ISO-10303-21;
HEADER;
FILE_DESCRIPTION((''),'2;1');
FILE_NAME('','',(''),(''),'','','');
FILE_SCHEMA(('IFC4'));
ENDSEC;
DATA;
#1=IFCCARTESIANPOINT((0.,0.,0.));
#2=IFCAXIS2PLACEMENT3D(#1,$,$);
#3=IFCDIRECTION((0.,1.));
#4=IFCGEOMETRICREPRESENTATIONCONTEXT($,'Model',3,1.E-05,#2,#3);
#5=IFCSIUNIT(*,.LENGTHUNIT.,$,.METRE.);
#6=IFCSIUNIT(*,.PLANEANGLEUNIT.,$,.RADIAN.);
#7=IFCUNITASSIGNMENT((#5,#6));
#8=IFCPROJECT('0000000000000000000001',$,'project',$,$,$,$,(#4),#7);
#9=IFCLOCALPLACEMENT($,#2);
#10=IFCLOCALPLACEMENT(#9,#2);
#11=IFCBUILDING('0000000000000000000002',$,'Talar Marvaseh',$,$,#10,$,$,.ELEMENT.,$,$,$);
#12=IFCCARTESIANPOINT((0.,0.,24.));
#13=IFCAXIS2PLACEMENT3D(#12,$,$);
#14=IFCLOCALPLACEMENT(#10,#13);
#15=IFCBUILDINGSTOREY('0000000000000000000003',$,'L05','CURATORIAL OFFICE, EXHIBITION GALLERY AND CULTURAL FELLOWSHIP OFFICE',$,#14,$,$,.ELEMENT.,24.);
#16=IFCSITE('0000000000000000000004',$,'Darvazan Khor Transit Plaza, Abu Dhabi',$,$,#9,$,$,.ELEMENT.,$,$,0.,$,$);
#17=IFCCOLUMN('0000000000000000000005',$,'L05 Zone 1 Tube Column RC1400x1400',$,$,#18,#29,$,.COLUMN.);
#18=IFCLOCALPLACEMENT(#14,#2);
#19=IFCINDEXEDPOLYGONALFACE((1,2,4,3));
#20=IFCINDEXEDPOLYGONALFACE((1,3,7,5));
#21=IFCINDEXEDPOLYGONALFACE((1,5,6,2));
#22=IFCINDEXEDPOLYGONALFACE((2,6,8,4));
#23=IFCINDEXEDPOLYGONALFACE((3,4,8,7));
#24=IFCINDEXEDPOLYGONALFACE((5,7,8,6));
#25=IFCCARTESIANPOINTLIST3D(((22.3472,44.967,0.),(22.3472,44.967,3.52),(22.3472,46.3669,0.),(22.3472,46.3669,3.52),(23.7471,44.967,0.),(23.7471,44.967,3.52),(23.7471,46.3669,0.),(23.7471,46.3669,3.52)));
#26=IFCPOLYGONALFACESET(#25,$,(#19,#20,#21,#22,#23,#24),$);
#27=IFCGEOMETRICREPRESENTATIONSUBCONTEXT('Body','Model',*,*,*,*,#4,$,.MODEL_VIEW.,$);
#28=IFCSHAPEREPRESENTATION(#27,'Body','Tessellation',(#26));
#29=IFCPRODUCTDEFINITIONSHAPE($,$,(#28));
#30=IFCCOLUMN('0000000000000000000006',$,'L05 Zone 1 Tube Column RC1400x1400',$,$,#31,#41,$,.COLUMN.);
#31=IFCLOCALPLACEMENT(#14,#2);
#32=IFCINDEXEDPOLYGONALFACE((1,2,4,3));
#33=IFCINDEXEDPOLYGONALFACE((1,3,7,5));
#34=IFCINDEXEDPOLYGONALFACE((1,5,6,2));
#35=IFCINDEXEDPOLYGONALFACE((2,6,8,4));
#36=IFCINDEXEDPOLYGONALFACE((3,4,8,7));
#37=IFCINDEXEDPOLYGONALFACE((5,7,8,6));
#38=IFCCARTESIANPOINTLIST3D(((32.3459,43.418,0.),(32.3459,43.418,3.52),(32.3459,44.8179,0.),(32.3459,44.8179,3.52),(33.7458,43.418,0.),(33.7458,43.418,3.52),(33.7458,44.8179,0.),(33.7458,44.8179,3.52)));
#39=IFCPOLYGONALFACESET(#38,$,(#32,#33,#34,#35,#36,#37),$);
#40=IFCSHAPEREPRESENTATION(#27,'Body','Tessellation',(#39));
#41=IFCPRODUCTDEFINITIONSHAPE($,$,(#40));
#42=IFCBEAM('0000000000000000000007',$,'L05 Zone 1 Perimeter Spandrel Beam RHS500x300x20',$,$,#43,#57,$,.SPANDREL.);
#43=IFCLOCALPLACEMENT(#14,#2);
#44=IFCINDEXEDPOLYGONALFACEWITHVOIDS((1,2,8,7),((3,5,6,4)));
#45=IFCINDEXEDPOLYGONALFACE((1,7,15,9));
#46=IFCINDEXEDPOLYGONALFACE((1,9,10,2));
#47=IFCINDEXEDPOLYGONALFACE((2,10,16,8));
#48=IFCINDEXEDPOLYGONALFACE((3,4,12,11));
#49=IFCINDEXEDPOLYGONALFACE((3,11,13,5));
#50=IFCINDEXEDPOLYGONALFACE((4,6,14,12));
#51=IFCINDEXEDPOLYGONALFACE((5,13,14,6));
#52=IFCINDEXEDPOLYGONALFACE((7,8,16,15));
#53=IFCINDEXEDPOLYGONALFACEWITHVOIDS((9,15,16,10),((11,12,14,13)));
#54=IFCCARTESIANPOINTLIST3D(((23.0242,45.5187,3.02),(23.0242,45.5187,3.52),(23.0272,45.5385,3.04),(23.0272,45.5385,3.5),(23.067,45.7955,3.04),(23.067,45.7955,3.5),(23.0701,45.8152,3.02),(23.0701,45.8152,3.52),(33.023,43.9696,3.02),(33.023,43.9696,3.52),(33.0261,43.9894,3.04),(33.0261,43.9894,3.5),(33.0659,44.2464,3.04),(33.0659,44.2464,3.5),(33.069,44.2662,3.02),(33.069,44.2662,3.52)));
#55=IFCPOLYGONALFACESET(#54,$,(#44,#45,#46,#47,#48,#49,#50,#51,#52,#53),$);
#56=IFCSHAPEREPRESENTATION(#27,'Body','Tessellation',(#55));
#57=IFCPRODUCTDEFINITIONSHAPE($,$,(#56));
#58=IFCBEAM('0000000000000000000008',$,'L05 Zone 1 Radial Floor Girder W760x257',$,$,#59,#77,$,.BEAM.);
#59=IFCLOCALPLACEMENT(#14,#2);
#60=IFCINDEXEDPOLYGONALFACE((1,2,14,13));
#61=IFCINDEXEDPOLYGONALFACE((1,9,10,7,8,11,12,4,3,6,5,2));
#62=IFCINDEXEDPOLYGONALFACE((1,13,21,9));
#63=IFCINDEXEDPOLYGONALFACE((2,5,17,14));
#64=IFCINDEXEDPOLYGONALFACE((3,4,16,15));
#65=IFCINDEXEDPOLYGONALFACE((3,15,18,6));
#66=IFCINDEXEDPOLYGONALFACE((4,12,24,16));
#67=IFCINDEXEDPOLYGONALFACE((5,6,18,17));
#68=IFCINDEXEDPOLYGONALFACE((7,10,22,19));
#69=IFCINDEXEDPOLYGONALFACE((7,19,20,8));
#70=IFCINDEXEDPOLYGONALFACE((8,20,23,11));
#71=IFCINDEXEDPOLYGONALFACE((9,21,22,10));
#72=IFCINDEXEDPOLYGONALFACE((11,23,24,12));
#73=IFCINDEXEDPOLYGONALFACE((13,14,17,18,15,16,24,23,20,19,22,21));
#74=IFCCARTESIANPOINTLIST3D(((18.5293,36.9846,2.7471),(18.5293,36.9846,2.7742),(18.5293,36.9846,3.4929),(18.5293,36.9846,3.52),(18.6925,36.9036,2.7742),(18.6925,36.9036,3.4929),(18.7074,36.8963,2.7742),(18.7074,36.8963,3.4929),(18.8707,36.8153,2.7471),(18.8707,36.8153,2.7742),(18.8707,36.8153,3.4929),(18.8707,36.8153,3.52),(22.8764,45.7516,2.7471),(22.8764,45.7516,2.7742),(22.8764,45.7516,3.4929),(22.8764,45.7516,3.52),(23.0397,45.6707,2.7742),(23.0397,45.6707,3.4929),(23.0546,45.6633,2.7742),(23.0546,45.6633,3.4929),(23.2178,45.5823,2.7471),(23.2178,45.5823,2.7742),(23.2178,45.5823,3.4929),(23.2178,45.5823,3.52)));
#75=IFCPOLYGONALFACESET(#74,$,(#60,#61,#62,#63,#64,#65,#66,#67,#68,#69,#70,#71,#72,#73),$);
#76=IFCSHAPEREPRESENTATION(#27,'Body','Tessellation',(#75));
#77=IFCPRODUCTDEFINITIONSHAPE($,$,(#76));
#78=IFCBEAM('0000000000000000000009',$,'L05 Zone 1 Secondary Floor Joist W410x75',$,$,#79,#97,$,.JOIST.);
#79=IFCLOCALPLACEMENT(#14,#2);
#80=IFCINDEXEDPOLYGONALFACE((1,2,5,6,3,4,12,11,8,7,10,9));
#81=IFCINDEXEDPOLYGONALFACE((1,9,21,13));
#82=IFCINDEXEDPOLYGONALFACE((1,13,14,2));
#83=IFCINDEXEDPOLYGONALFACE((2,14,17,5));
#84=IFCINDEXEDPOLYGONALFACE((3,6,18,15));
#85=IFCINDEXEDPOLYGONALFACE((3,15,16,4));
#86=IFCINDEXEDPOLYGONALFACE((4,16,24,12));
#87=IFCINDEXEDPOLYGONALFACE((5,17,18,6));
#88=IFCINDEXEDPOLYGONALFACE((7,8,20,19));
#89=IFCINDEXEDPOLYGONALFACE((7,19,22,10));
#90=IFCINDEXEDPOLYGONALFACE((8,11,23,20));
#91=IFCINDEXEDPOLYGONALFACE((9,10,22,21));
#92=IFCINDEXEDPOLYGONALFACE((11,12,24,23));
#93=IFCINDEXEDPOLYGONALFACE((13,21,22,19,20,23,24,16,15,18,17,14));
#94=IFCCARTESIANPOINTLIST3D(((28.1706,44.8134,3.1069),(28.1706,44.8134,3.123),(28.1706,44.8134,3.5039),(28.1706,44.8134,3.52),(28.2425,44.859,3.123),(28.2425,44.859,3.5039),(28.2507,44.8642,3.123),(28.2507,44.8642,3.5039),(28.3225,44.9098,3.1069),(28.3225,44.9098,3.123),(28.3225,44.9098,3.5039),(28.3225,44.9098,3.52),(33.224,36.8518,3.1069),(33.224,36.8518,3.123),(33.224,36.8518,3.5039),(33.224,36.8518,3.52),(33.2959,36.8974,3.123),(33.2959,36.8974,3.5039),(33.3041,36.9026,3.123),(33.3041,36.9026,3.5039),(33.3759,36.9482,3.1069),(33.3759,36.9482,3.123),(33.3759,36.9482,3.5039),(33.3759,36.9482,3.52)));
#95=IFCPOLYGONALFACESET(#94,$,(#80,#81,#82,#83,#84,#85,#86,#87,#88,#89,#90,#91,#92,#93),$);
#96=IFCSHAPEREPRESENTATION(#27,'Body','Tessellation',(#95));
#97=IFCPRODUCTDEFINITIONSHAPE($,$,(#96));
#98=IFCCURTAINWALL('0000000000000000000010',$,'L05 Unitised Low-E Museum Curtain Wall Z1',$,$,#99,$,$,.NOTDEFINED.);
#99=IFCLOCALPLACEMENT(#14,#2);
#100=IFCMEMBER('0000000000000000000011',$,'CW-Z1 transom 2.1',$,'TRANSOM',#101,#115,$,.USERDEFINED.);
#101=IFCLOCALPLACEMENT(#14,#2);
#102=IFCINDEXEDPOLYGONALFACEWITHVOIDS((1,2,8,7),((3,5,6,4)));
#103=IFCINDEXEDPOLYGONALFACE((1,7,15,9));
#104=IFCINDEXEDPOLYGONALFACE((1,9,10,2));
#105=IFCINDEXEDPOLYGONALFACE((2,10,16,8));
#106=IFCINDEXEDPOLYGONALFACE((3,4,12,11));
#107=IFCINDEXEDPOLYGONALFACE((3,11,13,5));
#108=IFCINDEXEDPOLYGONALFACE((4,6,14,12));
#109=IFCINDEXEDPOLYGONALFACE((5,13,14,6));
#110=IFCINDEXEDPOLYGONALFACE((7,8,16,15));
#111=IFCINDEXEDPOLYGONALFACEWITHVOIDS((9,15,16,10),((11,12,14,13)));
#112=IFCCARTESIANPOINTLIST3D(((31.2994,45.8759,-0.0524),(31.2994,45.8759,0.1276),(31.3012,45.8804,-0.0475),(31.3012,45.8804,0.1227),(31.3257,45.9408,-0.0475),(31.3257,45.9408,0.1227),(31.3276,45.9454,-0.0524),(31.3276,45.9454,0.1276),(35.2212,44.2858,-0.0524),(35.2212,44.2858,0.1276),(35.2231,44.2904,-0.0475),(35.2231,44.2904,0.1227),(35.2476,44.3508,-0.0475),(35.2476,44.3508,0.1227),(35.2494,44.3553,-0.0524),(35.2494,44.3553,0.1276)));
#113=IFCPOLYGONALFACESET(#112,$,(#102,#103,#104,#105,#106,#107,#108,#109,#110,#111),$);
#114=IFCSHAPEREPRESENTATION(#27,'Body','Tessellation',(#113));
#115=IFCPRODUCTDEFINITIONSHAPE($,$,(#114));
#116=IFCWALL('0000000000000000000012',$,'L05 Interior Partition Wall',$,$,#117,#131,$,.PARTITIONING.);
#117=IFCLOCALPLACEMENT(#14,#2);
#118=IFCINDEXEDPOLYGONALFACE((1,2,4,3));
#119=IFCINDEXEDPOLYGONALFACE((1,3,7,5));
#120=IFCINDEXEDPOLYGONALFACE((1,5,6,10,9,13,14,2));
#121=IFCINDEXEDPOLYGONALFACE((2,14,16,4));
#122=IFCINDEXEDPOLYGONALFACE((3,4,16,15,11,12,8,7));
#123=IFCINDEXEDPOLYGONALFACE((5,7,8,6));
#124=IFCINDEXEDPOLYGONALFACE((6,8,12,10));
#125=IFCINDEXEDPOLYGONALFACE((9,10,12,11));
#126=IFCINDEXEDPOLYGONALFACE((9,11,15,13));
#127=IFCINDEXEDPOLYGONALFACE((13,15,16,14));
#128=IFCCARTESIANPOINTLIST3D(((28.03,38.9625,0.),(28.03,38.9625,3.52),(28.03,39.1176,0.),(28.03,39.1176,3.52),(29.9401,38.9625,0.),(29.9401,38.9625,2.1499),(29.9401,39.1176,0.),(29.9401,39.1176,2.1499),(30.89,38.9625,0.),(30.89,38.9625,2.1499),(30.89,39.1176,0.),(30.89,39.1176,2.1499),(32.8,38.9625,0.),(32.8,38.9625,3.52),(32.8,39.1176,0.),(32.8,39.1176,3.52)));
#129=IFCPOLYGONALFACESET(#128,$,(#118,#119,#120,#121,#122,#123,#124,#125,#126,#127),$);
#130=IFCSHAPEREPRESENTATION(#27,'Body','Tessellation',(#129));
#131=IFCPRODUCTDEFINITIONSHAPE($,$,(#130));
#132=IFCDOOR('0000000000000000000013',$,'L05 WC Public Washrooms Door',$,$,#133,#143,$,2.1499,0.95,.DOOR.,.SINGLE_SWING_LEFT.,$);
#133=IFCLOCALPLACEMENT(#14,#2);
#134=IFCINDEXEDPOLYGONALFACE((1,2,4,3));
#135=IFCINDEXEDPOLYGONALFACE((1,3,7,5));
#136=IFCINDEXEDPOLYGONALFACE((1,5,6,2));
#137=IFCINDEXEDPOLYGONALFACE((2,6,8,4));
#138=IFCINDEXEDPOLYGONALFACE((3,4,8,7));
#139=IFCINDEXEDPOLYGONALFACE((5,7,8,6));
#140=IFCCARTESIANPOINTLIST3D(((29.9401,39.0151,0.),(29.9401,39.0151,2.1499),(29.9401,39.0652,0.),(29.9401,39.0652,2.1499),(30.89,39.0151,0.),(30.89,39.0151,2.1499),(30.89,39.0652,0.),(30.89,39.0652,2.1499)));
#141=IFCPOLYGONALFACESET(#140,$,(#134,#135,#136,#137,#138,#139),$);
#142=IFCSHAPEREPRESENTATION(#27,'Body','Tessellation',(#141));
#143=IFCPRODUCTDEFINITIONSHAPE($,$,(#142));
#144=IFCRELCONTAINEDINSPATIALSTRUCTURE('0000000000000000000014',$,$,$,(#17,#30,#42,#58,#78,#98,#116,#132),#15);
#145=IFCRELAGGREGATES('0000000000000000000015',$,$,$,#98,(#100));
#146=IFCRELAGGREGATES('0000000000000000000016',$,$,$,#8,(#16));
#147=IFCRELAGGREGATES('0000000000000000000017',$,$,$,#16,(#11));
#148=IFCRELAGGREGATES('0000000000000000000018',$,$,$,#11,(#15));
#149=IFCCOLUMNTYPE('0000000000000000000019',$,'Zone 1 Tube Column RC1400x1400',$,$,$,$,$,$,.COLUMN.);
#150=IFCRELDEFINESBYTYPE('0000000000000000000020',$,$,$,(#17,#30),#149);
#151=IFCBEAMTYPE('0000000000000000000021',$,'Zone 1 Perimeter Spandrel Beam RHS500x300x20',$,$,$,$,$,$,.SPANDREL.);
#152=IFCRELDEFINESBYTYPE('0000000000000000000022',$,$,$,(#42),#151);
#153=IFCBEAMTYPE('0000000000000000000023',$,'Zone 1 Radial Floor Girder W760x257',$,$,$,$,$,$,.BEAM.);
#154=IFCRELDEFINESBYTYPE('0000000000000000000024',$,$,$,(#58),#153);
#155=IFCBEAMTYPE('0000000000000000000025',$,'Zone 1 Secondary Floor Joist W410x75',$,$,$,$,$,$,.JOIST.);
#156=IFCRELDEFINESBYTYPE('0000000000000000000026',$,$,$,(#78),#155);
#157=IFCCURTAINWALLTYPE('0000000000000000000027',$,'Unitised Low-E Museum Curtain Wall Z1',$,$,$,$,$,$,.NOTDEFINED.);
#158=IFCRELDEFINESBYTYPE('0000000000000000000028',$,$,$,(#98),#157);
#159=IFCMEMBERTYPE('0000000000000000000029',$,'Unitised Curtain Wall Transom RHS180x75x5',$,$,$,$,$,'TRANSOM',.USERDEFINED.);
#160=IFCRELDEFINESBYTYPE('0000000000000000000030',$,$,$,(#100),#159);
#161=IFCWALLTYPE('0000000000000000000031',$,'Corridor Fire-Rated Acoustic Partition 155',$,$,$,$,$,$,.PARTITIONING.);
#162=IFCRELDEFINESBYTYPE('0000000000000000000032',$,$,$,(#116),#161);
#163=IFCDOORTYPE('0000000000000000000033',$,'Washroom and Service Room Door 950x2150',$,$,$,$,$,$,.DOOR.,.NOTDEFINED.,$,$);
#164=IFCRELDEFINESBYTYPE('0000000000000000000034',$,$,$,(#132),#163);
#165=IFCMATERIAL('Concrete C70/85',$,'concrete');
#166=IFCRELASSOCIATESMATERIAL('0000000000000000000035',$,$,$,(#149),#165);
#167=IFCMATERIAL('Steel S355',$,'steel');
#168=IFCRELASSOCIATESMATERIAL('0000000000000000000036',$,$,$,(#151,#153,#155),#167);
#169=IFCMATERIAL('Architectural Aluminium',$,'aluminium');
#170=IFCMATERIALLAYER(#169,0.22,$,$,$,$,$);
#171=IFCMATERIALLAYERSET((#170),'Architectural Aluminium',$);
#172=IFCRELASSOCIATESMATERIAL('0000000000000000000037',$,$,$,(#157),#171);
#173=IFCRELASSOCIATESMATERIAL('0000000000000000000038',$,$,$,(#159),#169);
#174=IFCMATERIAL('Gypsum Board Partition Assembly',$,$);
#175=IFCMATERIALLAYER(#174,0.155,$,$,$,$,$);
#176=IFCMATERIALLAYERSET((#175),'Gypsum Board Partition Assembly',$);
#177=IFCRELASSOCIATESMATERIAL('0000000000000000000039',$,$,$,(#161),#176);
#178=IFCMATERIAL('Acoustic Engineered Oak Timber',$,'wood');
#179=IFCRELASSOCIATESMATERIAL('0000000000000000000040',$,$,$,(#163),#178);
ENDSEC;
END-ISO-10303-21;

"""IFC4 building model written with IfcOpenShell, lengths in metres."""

from ifc_helpers import new_model, si_unit, direction, frame, frame_2d, origin, origin_2d, place, context, subcontext, project, spatial, rectangle, hollow_rectangle, i_section, extrude, source, transform, mapped, material, layer, layer_set, material_profile, profile_set, type_object, type_shapes, element, fill, aggregate, save


model = new_model("IFC4")

# Units and contexts
model_context = context("Model", 3, precision=1e-05, world=origin(), true_north=direction((0.0, 1.0)))
body_context = subcontext(model_context, "Body", "Model", "MODEL_VIEW")
ifc_project = project(units=[si_unit("LENGTHUNIT", "METRE"), si_unit("PLANEANGLEUNIT", "RADIAN")], contexts=[model_context])

# Site, building, storey
site_placement = place(None, origin())
site = spatial("IfcSite", under=ifc_project, at=site_placement, Name="Darvazan Khor Transit Plaza, Abu Dhabi", CompositionType="ELEMENT", RefElevation=0.0)
building_placement = place(site_placement, origin())
building = spatial("IfcBuilding", under=site, at=building_placement, Name="Talar Marvaseh", CompositionType="ELEMENT")
storey_placement = place(building_placement, frame((0.0, 0.0, 24.0)))
storey = spatial("IfcBuildingStorey", under=building, at=storey_placement, Name="L05", Description="CURATORIAL OFFICE, EXHIBITION GALLERY AND CULTURAL FELLOWSHIP OFFICE", CompositionType="ELEMENT", Elevation=24.0)

# Columns
ifc_material_1 = material(Name="Concrete C70/85", Category="concrete")
ifc_material_profile_1 = material_profile(ifc_material_1, rectangle(XDim=1.3999, YDim=1.3999, at=origin_2d()), Name="RC1400x1400")
ifc_profile_set_1 = profile_set([ifc_material_profile_1], Name="Concrete C70/85")
column_type = type_object("IfcColumnType", Name="Zone 1 Tube Column RC1400x1400", PredefinedType="COLUMN", material=ifc_profile_set_1)
for number, where, z_axis, x_axis, name in (
    (1, (23.0471, 45.667, 0.0), (0.0, 0.0, 1.0), (1.0, 0.0, 0.0), "L05 Zone 1 Tube Column RC1400x1400"),
    (2, (33.0459, 44.1179, 0.0), (0.0, 0.0, 1.0), (1.0, 0.0, 0.0), "L05 Zone 1 Tube Column RC1400x1400"),
):
    element("IfcColumn", number, at=place(storey_placement, frame(where, z_axis=z_axis, x_axis=x_axis)), inside=storey, type_object=column_type, Name=name, PredefinedType="COLUMN", context=body_context, shape_type="SweptSolid", body=[
        extrude(rectangle(XDim=1.3999, YDim=1.3999, at=origin_2d()), origin(), (0.0, 0.0, 1.0), 3.52),
    ])

# Beams
ifc_material_2 = material(Name="Steel S355", Category="steel")
ifc_material_profile_2 = material_profile(ifc_material_2, hollow_rectangle(XDim=0.3, YDim=0.5, WallThickness=0.02, at=origin_2d()), Name="RHS500x300x20")
ifc_profile_set_2 = profile_set([ifc_material_profile_2], Name="Steel S355")
beam_type_1 = type_object("IfcBeamType", Name="Zone 1 Perimeter Spandrel Beam RHS500x300x20", PredefinedType="SPANDREL", material=ifc_profile_set_2)
beam_1_placement = place(storey_placement, frame((23.0471, 45.667, 3.27), z_axis=(0.988211, -0.1531, 0.0), x_axis=(0.1531, 0.988211, 0.0)))
element("IfcBeam", 3, at=beam_1_placement, inside=storey, type_object=beam_type_1, Name="L05 Zone 1 Perimeter Spandrel Beam RHS500x300x20", PredefinedType="SPANDREL", context=body_context, shape_type="SweptSolid", body=[
    extrude(hollow_rectangle(XDim=0.3, YDim=0.5, WallThickness=0.02, at=origin_2d()), origin(), (0.0, 0.0, 1.0), 10.1182),
])
ifc_material_profile_3 = material_profile(ifc_material_2, i_section(OverallWidth=0.3811, OverallDepth=0.7729, WebThickness=0.0166, FlangeThickness=0.0271, at=origin_2d()), Name="W760x257")
ifc_profile_set_3 = profile_set([ifc_material_profile_3], Name="Steel S355")
beam_type_2 = type_object("IfcBeamType", Name="Zone 1 Radial Floor Girder W760x257", PredefinedType="BEAM", material=ifc_profile_set_3)
beam_2_placement = place(storey_placement, frame((23.0471, 45.667, 3.1335), z_axis=(-0.444237, -0.895909, 0.0), x_axis=(0.895909, -0.444237, 0.0)))
element("IfcBeam", 4, at=beam_2_placement, inside=storey, type_object=beam_type_2, Name="L05 Zone 1 Radial Floor Girder W760x257", PredefinedType="BEAM", context=body_context, shape_type="SweptSolid", body=[
    extrude(i_section(OverallWidth=0.3811, OverallDepth=0.7729, WebThickness=0.0166, FlangeThickness=0.0271, at=origin_2d()), origin(), (0.0, 0.0, 1.0), 9.7856),
])
ifc_material_profile_4 = material_profile(ifc_material_2, i_section(OverallWidth=0.1799, OverallDepth=0.4131, WebThickness=0.0098, FlangeThickness=0.0161, at=origin_2d()), Name="W410x75")
ifc_profile_set_4 = profile_set([ifc_material_profile_4], Name="Steel S355")
beam_type_3 = type_object("IfcBeamType", Name="Zone 1 Secondary Floor Joist W410x75", PredefinedType="JOIST", material=ifc_profile_set_4)
beam_3_placement = place(storey_placement, frame((28.2466, 44.8616, 3.3135), z_axis=(0.53589, -0.844288, 0.0), x_axis=(0.844288, 0.53589, 0.0)))
element("IfcBeam", 5, at=beam_3_placement, inside=storey, type_object=beam_type_3, Name="L05 Zone 1 Secondary Floor Joist W410x75", PredefinedType="JOIST", context=body_context, shape_type="SweptSolid", body=[
    extrude(i_section(OverallWidth=0.1799, OverallDepth=0.4131, WebThickness=0.0098, FlangeThickness=0.0161, at=origin_2d()), origin(), (0.0, 0.0, 1.0), 9.4299),
])

# Curtain wall, member
ifc_material_3 = material(Name="Architectural Aluminium", Category="aluminium")
ifc_layer_1 = layer(ifc_material_3, 0.22)
ifc_layer_set_1 = layer_set([ifc_layer_1], Name="Architectural Aluminium")
curtain_wall_type = type_object("IfcCurtainWallType", Name="Unitised Low-E Museum Curtain Wall Z1", PredefinedType="NOTDEFINED", material=ifc_layer_set_1)
curtain_wall_placement = place(storey_placement, origin())
curtain_wall = element("IfcCurtainWall", 6, at=curtain_wall_placement, inside=storey, type_object=curtain_wall_type, Name="L05 Unitised Low-E Museum Curtain Wall Z1", PredefinedType="NOTDEFINED")
ifc_material_profile_5 = material_profile(ifc_material_3, hollow_rectangle(XDim=0.075, YDim=0.1799, WallThickness=0.0049, at=origin_2d()), Name="RHS180x75x5")
ifc_profile_set_5 = profile_set([ifc_material_profile_5], Name="Architectural Aluminium")
member_type = type_object("IfcMemberType", Name="Unitised Curtain Wall Transom RHS180x75x5", ElementType="TRANSOM", PredefinedType="USERDEFINED", material=ifc_profile_set_5)
shared_shape_1 = source(origin(), body_context, "Body", "SweptSolid", [
    extrude(hollow_rectangle(XDim=0.075, YDim=0.1799, WallThickness=0.0049, at=origin_2d()), origin(), (0.0, 0.0, 1.0), 4.2319),
])
type_shapes(member_type, [shared_shape_1])
member_placement = place(storey_placement, frame((31.3135, 45.9106, 0.0376), z_axis=(0.926728, -0.375733, 0.0), x_axis=(0.375733, 0.926728, 0.0)))
member = element("IfcMember", 7, at=member_placement, type_object=member_type, Name="CW-Z1 transom 2.1", ObjectType="TRANSOM", PredefinedType="USERDEFINED", context=body_context, shape_type="MappedRepresentation", body=[
    mapped(shared_shape_1, transform((0.0, 0.0, 0.0), x_axis=(1.0, 0.0, 0.0), y_axis=(0.0, 1.0, 0.0), z_axis=(0.0, 0.0, 1.0), scale=1.0)),
])
aggregate(curtain_wall, [member])

# Wall, opening, door
ifc_material_4 = material(Name="Gypsum Board Partition Assembly")
ifc_layer_2 = layer(ifc_material_4, 0.155)
ifc_layer_set_2 = layer_set([ifc_layer_2], Name="Gypsum Board Partition Assembly")
wall_type_1 = type_object("IfcWallType", Name="Corridor Fire-Rated Acoustic Partition 155", PredefinedType="PARTITIONING", material=ifc_layer_set_2)
wall_1_placement = place(storey_placement, frame((32.8, 39.04, 0.0), z_axis=(0.0, 0.0, 1.0), x_axis=(-1.0, 0.0, 0.0)))
wall_1 = element("IfcWall", 8, at=wall_1_placement, inside=storey, type_object=wall_type_1, Name="L05 Interior Partition Wall", PredefinedType="PARTITIONING", context=body_context, shape_type="SweptSolid", body=[
    extrude(rectangle(XDim=4.77, YDim=0.155, at=frame_2d((2.385, 0.0))), origin(), (0.0, 0.0, 1.0), 3.52),
])
opening_1_placement = place(wall_1_placement, frame((1.9099, 0.0, 0.0)))
opening_1 = element("IfcOpeningElement", 9, at=opening_1_placement, cuts=wall_1, PredefinedType="OPENING", context=body_context, shape_type="SweptSolid", body=[
    extrude(rectangle(XDim=0.95, YDim=2.1499, at=frame_2d((0.4751, 1.075))), frame((0.0, 0.0874, 0.0), z_axis=(0.0, -1.0, 0.0), x_axis=(1.0, 0.0, 0.0)), (0.0, 0.0, 1.0), 0.175),
])
ifc_material_5 = material(Name="Acoustic Engineered Oak Timber", Category="wood")
door_type_1 = type_object("IfcDoorType", Name="Washroom and Service Room Door 950x2150", OperationType="NOTDEFINED", PredefinedType="DOOR", material=ifc_material_5)
shared_shape_2 = source(origin(), body_context, "Body", "SweptSolid", [
    extrude(rectangle(XDim=0.95, YDim=2.1499, at=frame_2d((0.4751, 1.075))), frame((0.0, 0.0249, 0.0), z_axis=(0.0, -1.0, 0.0), x_axis=(1.0, 0.0, 0.0)), (0.0, 0.0, 1.0), 0.05),
])
type_shapes(door_type_1, [shared_shape_2])
door_1_placement = place(opening_1_placement, origin())
door_1 = element("IfcDoor", 10, at=door_1_placement, inside=storey, type_object=door_type_1, Name="L05 WC Public Washrooms Door", OperationType="SINGLE_SWING_LEFT", OverallHeight=2.1499, OverallWidth=0.95, PredefinedType="DOOR", context=body_context, shape_type="MappedRepresentation", body=[
    mapped(shared_shape_2, transform((0.0, 0.0, 0.0), x_axis=(1.0, 0.0, 0.0), y_axis=(0.0, 1.0, 0.0), z_axis=(0.0, 0.0, 1.0), scale=1.0)),
])
fill(opening_1, door_1)

save(model, "model.ifc")
